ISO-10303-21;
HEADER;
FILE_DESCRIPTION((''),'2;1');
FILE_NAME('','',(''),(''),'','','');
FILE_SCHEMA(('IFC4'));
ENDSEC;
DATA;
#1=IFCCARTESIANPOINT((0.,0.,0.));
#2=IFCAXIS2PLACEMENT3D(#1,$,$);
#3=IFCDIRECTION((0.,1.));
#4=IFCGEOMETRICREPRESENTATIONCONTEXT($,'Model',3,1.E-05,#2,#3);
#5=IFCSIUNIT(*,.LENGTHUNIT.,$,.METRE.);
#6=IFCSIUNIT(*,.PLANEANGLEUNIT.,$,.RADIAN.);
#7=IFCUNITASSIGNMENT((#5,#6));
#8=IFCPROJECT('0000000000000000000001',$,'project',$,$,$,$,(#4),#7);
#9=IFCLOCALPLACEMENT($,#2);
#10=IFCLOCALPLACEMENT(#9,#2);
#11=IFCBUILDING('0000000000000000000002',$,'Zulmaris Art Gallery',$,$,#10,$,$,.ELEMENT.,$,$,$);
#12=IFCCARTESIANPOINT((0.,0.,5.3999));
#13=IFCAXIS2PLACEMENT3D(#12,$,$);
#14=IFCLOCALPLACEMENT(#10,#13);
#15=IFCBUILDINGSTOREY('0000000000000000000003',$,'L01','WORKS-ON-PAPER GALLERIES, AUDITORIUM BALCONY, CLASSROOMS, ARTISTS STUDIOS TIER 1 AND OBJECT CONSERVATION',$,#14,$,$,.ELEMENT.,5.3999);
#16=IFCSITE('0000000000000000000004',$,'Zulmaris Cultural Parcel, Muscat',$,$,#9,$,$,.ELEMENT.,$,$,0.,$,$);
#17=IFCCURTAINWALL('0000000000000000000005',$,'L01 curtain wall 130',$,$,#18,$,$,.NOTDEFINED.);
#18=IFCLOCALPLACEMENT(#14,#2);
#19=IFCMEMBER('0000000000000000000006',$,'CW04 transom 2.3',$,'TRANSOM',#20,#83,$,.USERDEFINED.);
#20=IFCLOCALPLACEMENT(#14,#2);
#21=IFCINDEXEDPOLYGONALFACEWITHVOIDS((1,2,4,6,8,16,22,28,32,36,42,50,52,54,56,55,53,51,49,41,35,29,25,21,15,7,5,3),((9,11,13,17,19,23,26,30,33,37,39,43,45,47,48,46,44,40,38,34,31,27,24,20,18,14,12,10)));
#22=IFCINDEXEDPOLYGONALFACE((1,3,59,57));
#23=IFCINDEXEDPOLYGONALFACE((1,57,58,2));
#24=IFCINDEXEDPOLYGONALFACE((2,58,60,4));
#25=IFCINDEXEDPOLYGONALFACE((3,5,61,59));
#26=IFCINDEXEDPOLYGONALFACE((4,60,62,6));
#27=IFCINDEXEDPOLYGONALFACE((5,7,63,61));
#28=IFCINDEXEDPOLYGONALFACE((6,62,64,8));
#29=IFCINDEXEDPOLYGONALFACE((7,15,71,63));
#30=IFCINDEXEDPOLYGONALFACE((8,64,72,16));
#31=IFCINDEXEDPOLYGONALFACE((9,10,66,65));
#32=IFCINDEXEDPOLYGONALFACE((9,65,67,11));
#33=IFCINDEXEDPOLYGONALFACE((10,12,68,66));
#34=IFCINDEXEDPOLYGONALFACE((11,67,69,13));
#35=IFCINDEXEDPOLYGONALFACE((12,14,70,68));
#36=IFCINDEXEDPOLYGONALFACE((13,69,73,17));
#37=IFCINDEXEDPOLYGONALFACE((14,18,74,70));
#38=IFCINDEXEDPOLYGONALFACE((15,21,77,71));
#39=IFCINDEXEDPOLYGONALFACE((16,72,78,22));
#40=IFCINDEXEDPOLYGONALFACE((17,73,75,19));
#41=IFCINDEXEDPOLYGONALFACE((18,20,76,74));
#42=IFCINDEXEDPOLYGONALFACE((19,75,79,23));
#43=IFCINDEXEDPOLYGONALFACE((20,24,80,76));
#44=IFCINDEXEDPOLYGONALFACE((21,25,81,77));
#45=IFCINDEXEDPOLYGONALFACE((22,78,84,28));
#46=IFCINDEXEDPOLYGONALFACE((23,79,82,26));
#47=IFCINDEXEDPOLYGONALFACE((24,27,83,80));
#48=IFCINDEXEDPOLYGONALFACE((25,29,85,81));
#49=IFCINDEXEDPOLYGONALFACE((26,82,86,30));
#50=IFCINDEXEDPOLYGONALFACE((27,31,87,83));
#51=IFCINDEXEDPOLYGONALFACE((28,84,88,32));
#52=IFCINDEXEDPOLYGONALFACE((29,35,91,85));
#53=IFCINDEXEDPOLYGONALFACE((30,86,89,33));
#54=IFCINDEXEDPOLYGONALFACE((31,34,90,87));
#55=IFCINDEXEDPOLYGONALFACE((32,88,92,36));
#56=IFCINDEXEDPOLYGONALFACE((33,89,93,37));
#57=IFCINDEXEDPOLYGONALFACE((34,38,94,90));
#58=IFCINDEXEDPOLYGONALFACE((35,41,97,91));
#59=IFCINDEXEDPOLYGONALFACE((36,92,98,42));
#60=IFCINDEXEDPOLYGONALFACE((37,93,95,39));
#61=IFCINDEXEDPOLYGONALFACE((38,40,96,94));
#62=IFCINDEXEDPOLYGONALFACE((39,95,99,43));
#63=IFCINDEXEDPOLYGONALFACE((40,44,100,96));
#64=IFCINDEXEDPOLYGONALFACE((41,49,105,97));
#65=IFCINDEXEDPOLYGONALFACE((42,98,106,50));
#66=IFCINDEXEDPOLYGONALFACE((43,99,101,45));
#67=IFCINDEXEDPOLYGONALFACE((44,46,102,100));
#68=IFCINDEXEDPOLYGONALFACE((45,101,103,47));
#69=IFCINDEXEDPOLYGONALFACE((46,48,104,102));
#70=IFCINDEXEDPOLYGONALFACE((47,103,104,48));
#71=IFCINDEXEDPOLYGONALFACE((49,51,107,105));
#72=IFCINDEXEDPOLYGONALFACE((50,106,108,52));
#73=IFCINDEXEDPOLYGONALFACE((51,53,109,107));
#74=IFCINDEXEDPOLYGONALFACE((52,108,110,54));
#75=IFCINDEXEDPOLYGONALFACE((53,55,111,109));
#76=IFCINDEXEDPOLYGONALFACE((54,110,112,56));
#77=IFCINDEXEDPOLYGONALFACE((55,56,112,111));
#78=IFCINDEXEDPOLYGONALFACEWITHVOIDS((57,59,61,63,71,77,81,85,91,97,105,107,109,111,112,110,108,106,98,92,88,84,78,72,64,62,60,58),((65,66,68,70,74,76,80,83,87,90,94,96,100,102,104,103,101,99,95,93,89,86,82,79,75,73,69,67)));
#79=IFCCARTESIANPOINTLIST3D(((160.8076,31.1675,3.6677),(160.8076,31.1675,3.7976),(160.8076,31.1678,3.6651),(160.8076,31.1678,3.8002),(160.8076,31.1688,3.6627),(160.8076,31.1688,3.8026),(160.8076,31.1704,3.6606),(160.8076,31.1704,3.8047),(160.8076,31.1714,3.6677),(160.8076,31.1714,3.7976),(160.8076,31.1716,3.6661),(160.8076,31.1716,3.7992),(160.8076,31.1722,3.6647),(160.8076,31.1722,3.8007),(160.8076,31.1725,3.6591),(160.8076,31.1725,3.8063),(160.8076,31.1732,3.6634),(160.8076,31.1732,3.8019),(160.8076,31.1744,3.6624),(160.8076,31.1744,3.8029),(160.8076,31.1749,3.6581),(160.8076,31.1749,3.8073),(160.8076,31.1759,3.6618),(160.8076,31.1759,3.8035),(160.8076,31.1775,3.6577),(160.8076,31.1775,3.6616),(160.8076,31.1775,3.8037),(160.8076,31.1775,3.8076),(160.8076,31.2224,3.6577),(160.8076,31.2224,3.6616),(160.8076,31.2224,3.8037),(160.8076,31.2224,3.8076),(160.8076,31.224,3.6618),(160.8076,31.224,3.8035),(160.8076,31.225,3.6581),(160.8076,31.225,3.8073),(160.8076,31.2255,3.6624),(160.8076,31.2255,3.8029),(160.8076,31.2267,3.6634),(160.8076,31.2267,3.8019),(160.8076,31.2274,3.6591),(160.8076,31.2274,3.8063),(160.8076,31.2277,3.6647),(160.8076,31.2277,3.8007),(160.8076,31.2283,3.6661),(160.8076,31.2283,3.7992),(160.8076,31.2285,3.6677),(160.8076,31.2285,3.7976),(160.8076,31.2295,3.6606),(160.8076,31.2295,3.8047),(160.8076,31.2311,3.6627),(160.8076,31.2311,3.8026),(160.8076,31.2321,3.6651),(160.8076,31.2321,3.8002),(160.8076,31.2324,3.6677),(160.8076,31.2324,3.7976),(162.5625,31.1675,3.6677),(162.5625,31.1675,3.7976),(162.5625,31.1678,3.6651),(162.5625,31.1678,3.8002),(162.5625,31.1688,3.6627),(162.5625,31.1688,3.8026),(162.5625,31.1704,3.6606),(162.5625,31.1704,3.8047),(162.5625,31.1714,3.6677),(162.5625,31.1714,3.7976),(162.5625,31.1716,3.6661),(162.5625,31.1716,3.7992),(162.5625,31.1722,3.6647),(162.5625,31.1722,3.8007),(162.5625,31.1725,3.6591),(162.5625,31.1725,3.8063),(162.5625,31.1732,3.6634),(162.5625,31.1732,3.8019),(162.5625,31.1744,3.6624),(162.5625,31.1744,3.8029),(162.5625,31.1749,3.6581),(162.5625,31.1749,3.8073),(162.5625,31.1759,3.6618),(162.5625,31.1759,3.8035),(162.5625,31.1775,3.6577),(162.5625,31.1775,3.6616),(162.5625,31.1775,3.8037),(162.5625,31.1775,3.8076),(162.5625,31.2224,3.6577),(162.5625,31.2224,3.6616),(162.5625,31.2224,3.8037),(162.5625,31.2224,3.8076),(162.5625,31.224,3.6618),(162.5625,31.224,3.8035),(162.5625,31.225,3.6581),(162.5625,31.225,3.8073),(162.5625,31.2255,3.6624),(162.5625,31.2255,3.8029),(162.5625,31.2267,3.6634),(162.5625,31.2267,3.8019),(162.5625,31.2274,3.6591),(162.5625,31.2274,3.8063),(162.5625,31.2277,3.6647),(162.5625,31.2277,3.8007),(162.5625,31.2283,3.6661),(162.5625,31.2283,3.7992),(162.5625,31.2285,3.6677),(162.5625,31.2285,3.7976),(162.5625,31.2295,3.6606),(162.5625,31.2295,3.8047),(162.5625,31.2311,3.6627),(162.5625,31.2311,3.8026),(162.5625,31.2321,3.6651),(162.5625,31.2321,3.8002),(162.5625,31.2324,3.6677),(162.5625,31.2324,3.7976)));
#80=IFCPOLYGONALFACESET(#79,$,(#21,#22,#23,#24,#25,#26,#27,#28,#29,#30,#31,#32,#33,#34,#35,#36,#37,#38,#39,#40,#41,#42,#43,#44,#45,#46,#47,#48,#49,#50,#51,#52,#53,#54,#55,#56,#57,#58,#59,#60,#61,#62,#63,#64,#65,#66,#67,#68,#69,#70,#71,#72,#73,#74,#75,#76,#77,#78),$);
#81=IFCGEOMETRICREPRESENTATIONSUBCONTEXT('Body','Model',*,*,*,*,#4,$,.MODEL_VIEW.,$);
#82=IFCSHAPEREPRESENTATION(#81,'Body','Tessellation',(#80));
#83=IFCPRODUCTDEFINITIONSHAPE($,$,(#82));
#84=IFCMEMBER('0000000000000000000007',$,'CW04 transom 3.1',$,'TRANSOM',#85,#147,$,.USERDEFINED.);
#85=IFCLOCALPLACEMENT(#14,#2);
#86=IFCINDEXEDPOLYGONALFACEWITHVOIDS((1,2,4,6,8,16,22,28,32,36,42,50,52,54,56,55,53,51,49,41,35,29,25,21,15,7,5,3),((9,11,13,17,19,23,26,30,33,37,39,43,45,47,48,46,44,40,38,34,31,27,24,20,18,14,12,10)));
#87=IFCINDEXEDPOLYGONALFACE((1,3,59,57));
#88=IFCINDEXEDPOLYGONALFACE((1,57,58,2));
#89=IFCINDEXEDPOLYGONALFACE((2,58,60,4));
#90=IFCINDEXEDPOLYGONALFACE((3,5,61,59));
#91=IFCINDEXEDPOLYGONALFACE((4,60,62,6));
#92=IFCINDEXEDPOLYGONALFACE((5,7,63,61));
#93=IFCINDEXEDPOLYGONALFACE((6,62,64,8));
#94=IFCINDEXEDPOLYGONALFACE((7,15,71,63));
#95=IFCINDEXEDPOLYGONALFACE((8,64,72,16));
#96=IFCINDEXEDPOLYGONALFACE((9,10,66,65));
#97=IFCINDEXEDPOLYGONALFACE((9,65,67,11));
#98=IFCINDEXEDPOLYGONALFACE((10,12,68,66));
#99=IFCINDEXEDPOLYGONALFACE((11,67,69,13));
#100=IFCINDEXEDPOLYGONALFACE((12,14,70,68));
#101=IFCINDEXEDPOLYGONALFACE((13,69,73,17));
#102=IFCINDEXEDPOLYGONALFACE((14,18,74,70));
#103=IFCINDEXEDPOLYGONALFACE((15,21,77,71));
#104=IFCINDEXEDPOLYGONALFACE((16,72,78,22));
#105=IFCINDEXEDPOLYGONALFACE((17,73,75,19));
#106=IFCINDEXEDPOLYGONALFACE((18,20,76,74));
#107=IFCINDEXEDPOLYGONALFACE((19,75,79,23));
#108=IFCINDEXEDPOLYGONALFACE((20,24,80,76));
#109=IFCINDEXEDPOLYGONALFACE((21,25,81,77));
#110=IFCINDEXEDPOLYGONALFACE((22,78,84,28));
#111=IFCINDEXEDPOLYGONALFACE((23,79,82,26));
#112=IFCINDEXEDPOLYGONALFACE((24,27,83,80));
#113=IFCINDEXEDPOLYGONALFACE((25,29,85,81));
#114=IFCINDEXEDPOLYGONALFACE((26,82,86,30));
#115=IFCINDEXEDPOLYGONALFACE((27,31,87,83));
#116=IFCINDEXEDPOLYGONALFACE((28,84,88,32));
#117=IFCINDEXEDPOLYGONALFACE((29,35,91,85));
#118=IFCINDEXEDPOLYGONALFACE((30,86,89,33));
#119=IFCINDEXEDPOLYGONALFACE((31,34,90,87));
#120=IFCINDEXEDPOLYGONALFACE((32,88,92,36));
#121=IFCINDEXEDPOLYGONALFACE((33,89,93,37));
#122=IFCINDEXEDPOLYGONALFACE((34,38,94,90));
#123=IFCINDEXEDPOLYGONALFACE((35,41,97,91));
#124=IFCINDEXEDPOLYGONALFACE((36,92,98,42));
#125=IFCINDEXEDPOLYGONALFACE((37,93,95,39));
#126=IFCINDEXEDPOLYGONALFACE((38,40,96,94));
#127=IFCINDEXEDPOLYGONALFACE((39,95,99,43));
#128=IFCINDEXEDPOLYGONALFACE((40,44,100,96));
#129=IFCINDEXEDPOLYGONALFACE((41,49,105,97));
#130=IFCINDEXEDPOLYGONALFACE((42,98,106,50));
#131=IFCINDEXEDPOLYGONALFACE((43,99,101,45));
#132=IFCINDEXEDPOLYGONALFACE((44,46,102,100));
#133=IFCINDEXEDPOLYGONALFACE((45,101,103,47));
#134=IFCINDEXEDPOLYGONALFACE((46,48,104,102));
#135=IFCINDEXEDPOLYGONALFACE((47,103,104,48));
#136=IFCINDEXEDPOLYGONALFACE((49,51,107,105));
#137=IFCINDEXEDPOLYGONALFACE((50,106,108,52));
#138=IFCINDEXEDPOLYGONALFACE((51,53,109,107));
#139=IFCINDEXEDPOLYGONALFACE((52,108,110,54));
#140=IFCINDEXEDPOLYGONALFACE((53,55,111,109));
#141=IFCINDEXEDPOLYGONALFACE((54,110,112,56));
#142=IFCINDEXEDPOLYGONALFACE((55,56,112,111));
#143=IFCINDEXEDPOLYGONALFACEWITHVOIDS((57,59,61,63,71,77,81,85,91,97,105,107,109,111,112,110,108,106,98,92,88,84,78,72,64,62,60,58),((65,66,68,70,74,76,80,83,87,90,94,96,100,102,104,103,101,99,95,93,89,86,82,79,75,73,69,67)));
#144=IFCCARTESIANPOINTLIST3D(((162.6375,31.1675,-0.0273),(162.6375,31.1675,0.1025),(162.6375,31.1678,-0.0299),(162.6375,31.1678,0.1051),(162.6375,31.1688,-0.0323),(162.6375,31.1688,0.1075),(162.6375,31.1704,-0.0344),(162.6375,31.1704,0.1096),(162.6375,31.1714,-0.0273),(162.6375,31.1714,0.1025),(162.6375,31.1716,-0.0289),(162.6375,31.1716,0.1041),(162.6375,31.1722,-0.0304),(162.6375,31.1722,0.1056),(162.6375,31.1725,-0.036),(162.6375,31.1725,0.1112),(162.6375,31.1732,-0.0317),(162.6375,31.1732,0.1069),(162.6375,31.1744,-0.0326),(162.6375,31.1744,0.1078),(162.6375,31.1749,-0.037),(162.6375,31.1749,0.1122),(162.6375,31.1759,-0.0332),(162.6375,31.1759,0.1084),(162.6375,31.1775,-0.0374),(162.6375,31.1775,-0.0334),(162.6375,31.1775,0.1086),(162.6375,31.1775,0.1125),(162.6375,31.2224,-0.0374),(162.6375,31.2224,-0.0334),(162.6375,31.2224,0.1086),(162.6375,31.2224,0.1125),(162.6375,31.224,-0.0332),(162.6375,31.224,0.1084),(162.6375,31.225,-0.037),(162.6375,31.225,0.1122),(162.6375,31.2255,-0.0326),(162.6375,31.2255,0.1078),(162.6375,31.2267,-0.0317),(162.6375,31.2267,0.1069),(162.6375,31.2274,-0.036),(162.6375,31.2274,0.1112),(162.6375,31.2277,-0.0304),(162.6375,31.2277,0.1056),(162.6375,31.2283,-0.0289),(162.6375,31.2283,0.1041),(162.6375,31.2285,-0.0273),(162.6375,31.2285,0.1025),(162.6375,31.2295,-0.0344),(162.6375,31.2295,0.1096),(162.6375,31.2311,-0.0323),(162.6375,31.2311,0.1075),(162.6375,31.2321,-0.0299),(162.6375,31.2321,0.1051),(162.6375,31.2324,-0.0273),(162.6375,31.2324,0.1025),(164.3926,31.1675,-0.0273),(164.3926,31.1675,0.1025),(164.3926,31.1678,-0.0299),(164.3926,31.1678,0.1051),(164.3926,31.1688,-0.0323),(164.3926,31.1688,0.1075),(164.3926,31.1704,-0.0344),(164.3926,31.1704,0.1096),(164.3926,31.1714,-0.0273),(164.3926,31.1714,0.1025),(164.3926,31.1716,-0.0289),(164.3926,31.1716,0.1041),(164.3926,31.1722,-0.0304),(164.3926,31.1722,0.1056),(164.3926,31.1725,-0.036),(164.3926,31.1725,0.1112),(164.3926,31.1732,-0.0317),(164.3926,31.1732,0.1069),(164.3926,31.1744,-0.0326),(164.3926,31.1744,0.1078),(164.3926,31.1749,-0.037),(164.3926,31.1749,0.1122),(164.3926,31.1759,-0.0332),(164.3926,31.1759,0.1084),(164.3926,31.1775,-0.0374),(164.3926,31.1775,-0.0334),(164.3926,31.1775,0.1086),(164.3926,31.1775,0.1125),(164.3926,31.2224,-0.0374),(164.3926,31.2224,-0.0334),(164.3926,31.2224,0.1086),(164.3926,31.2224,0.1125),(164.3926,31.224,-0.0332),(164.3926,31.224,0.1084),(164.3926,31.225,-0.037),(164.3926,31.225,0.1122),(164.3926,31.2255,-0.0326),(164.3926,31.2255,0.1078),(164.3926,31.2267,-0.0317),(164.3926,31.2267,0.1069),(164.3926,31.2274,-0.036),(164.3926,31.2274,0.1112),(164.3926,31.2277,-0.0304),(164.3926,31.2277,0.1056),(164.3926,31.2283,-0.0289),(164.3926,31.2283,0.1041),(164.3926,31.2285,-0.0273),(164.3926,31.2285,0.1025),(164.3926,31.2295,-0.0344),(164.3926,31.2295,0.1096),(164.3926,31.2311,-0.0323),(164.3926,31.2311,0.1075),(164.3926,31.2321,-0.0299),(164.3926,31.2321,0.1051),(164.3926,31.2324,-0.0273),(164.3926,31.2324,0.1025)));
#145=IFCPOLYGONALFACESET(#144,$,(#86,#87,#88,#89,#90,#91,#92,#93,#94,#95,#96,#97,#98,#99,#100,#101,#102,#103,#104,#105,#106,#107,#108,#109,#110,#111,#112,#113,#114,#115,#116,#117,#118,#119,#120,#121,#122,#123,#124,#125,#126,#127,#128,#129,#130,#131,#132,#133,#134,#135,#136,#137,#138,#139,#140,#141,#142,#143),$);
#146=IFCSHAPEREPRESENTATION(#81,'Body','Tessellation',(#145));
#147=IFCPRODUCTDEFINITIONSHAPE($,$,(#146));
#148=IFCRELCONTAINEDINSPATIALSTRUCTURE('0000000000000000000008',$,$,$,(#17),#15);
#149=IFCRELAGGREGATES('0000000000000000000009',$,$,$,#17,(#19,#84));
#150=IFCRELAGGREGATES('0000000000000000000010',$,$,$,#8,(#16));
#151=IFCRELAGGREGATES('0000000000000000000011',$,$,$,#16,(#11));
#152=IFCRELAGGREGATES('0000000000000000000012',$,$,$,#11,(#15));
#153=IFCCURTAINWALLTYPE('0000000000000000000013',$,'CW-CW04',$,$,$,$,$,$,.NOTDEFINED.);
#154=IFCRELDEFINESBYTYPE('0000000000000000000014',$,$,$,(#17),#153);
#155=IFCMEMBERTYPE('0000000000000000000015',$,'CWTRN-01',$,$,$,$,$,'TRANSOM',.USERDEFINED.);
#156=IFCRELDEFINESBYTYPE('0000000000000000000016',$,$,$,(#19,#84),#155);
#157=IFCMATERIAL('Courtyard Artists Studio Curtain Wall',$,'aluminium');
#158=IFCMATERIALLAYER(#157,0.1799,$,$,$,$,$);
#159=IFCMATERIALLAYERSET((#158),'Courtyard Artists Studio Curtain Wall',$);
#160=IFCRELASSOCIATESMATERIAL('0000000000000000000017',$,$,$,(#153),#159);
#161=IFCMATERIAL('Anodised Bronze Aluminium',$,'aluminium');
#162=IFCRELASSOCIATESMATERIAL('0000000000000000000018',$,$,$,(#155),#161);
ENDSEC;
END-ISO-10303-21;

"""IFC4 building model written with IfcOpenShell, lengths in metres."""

from ifc_helpers import new_model, si_unit, direction, frame, origin, origin_2d, place, context, subcontext, project, spatial, hollow_rectangle, extrude, material, layer, layer_set, material_profile, profile_set, type_object, element, aggregate, save


model = new_model("IFC4")

# Units and contexts
model_context = context("Model", 3, precision=1e-05, world=origin(), true_north=direction((0.0, 1.0)))
body_context = subcontext(model_context, "Body", "Model", "MODEL_VIEW")
ifc_project = project(units=[si_unit("LENGTHUNIT", "METRE"), si_unit("PLANEANGLEUNIT", "RADIAN")], contexts=[model_context])

# Site, building, storey
site_placement = place(None, origin())
site = spatial("IfcSite", under=ifc_project, at=site_placement, Name="Zulmaris Cultural Parcel, Muscat", CompositionType="ELEMENT", RefElevation=0.0)
building_placement = place(site_placement, origin())
building = spatial("IfcBuilding", under=site, at=building_placement, Name="Zulmaris Art Gallery", CompositionType="ELEMENT")
storey_placement = place(building_placement, frame((0.0, 0.0, 5.3999)))
storey = spatial("IfcBuildingStorey", under=building, at=storey_placement, Name="L01", Description="WORKS-ON-PAPER GALLERIES, AUDITORIUM BALCONY, CLASSROOMS, ARTISTS STUDIOS TIER 1 AND OBJECT CONSERVATION", CompositionType="ELEMENT", Elevation=5.3999)

# Curtain wall
ifc_material_1 = material(Name="Courtyard Artists Studio Curtain Wall", Category="aluminium")
ifc_layer_1 = layer(ifc_material_1, 0.1799)
ifc_layer_set_1 = layer_set([ifc_layer_1], Name="Courtyard Artists Studio Curtain Wall")
curtain_wall_type = type_object("IfcCurtainWallType", Name="CW-CW04", PredefinedType="NOTDEFINED", material=ifc_layer_set_1)
curtain_wall_1_placement = place(storey_placement, origin())
curtain_wall_1 = element("IfcCurtainWall", 1, at=curtain_wall_1_placement, inside=storey, type_object=curtain_wall_type, Name="L01 curtain wall 130", PredefinedType="NOTDEFINED")
ifc_material_2 = material(Name="Anodised Bronze Aluminium", Category="aluminium")

# Members
ifc_material_profile_1 = material_profile(ifc_material_2, hollow_rectangle(XDim=0.0649, YDim=0.1499, WallThickness=0.0039, InnerFilletRadius=0.0061, OuterFilletRadius=0.01, at=origin_2d()), Name="ALU 65x150x4")
ifc_profile_set_1 = profile_set([ifc_material_profile_1], Name="Anodised Bronze Aluminium")
member_type_1 = type_object("IfcMemberType", Name="CWTRN-01", ElementType="TRANSOM", PredefinedType="USERDEFINED", material=ifc_profile_set_1)
member_1_placement = place(storey_placement, frame((160.8076, 31.2, 3.7327), z_axis=(1.0, 0.0, 0.0), x_axis=(0.0, 1.0, 0.0)))
member_1 = element("IfcMember", 2, at=member_1_placement, type_object=member_type_1, Name="CW04 transom 2.3", ObjectType="TRANSOM", PredefinedType="USERDEFINED", context=body_context, shape_type="SweptSolid", body=[
    extrude(hollow_rectangle(XDim=0.0649, YDim=0.1499, WallThickness=0.0039, InnerFilletRadius=0.0061, OuterFilletRadius=0.01, at=origin_2d()), origin(), (0.0, 0.0, 1.0), 1.7549),
])
member_2_placement = place(storey_placement, frame((162.6375, 31.2, 0.0376), z_axis=(1.0, 0.0, 0.0), x_axis=(0.0, 1.0, 0.0)))
member_2 = element("IfcMember", 3, at=member_2_placement, type_object=member_type_1, Name="CW04 transom 3.1", ObjectType="TRANSOM", PredefinedType="USERDEFINED", context=body_context, shape_type="SweptSolid", body=[
    extrude(hollow_rectangle(XDim=0.0649, YDim=0.1499, WallThickness=0.0039, InnerFilletRadius=0.0061, OuterFilletRadius=0.01, at=origin_2d()), origin(), (0.0, 0.0, 1.0), 1.7551),
])

aggregate(curtain_wall_1, [member_1, member_2])

save(model, "model.ifc")
